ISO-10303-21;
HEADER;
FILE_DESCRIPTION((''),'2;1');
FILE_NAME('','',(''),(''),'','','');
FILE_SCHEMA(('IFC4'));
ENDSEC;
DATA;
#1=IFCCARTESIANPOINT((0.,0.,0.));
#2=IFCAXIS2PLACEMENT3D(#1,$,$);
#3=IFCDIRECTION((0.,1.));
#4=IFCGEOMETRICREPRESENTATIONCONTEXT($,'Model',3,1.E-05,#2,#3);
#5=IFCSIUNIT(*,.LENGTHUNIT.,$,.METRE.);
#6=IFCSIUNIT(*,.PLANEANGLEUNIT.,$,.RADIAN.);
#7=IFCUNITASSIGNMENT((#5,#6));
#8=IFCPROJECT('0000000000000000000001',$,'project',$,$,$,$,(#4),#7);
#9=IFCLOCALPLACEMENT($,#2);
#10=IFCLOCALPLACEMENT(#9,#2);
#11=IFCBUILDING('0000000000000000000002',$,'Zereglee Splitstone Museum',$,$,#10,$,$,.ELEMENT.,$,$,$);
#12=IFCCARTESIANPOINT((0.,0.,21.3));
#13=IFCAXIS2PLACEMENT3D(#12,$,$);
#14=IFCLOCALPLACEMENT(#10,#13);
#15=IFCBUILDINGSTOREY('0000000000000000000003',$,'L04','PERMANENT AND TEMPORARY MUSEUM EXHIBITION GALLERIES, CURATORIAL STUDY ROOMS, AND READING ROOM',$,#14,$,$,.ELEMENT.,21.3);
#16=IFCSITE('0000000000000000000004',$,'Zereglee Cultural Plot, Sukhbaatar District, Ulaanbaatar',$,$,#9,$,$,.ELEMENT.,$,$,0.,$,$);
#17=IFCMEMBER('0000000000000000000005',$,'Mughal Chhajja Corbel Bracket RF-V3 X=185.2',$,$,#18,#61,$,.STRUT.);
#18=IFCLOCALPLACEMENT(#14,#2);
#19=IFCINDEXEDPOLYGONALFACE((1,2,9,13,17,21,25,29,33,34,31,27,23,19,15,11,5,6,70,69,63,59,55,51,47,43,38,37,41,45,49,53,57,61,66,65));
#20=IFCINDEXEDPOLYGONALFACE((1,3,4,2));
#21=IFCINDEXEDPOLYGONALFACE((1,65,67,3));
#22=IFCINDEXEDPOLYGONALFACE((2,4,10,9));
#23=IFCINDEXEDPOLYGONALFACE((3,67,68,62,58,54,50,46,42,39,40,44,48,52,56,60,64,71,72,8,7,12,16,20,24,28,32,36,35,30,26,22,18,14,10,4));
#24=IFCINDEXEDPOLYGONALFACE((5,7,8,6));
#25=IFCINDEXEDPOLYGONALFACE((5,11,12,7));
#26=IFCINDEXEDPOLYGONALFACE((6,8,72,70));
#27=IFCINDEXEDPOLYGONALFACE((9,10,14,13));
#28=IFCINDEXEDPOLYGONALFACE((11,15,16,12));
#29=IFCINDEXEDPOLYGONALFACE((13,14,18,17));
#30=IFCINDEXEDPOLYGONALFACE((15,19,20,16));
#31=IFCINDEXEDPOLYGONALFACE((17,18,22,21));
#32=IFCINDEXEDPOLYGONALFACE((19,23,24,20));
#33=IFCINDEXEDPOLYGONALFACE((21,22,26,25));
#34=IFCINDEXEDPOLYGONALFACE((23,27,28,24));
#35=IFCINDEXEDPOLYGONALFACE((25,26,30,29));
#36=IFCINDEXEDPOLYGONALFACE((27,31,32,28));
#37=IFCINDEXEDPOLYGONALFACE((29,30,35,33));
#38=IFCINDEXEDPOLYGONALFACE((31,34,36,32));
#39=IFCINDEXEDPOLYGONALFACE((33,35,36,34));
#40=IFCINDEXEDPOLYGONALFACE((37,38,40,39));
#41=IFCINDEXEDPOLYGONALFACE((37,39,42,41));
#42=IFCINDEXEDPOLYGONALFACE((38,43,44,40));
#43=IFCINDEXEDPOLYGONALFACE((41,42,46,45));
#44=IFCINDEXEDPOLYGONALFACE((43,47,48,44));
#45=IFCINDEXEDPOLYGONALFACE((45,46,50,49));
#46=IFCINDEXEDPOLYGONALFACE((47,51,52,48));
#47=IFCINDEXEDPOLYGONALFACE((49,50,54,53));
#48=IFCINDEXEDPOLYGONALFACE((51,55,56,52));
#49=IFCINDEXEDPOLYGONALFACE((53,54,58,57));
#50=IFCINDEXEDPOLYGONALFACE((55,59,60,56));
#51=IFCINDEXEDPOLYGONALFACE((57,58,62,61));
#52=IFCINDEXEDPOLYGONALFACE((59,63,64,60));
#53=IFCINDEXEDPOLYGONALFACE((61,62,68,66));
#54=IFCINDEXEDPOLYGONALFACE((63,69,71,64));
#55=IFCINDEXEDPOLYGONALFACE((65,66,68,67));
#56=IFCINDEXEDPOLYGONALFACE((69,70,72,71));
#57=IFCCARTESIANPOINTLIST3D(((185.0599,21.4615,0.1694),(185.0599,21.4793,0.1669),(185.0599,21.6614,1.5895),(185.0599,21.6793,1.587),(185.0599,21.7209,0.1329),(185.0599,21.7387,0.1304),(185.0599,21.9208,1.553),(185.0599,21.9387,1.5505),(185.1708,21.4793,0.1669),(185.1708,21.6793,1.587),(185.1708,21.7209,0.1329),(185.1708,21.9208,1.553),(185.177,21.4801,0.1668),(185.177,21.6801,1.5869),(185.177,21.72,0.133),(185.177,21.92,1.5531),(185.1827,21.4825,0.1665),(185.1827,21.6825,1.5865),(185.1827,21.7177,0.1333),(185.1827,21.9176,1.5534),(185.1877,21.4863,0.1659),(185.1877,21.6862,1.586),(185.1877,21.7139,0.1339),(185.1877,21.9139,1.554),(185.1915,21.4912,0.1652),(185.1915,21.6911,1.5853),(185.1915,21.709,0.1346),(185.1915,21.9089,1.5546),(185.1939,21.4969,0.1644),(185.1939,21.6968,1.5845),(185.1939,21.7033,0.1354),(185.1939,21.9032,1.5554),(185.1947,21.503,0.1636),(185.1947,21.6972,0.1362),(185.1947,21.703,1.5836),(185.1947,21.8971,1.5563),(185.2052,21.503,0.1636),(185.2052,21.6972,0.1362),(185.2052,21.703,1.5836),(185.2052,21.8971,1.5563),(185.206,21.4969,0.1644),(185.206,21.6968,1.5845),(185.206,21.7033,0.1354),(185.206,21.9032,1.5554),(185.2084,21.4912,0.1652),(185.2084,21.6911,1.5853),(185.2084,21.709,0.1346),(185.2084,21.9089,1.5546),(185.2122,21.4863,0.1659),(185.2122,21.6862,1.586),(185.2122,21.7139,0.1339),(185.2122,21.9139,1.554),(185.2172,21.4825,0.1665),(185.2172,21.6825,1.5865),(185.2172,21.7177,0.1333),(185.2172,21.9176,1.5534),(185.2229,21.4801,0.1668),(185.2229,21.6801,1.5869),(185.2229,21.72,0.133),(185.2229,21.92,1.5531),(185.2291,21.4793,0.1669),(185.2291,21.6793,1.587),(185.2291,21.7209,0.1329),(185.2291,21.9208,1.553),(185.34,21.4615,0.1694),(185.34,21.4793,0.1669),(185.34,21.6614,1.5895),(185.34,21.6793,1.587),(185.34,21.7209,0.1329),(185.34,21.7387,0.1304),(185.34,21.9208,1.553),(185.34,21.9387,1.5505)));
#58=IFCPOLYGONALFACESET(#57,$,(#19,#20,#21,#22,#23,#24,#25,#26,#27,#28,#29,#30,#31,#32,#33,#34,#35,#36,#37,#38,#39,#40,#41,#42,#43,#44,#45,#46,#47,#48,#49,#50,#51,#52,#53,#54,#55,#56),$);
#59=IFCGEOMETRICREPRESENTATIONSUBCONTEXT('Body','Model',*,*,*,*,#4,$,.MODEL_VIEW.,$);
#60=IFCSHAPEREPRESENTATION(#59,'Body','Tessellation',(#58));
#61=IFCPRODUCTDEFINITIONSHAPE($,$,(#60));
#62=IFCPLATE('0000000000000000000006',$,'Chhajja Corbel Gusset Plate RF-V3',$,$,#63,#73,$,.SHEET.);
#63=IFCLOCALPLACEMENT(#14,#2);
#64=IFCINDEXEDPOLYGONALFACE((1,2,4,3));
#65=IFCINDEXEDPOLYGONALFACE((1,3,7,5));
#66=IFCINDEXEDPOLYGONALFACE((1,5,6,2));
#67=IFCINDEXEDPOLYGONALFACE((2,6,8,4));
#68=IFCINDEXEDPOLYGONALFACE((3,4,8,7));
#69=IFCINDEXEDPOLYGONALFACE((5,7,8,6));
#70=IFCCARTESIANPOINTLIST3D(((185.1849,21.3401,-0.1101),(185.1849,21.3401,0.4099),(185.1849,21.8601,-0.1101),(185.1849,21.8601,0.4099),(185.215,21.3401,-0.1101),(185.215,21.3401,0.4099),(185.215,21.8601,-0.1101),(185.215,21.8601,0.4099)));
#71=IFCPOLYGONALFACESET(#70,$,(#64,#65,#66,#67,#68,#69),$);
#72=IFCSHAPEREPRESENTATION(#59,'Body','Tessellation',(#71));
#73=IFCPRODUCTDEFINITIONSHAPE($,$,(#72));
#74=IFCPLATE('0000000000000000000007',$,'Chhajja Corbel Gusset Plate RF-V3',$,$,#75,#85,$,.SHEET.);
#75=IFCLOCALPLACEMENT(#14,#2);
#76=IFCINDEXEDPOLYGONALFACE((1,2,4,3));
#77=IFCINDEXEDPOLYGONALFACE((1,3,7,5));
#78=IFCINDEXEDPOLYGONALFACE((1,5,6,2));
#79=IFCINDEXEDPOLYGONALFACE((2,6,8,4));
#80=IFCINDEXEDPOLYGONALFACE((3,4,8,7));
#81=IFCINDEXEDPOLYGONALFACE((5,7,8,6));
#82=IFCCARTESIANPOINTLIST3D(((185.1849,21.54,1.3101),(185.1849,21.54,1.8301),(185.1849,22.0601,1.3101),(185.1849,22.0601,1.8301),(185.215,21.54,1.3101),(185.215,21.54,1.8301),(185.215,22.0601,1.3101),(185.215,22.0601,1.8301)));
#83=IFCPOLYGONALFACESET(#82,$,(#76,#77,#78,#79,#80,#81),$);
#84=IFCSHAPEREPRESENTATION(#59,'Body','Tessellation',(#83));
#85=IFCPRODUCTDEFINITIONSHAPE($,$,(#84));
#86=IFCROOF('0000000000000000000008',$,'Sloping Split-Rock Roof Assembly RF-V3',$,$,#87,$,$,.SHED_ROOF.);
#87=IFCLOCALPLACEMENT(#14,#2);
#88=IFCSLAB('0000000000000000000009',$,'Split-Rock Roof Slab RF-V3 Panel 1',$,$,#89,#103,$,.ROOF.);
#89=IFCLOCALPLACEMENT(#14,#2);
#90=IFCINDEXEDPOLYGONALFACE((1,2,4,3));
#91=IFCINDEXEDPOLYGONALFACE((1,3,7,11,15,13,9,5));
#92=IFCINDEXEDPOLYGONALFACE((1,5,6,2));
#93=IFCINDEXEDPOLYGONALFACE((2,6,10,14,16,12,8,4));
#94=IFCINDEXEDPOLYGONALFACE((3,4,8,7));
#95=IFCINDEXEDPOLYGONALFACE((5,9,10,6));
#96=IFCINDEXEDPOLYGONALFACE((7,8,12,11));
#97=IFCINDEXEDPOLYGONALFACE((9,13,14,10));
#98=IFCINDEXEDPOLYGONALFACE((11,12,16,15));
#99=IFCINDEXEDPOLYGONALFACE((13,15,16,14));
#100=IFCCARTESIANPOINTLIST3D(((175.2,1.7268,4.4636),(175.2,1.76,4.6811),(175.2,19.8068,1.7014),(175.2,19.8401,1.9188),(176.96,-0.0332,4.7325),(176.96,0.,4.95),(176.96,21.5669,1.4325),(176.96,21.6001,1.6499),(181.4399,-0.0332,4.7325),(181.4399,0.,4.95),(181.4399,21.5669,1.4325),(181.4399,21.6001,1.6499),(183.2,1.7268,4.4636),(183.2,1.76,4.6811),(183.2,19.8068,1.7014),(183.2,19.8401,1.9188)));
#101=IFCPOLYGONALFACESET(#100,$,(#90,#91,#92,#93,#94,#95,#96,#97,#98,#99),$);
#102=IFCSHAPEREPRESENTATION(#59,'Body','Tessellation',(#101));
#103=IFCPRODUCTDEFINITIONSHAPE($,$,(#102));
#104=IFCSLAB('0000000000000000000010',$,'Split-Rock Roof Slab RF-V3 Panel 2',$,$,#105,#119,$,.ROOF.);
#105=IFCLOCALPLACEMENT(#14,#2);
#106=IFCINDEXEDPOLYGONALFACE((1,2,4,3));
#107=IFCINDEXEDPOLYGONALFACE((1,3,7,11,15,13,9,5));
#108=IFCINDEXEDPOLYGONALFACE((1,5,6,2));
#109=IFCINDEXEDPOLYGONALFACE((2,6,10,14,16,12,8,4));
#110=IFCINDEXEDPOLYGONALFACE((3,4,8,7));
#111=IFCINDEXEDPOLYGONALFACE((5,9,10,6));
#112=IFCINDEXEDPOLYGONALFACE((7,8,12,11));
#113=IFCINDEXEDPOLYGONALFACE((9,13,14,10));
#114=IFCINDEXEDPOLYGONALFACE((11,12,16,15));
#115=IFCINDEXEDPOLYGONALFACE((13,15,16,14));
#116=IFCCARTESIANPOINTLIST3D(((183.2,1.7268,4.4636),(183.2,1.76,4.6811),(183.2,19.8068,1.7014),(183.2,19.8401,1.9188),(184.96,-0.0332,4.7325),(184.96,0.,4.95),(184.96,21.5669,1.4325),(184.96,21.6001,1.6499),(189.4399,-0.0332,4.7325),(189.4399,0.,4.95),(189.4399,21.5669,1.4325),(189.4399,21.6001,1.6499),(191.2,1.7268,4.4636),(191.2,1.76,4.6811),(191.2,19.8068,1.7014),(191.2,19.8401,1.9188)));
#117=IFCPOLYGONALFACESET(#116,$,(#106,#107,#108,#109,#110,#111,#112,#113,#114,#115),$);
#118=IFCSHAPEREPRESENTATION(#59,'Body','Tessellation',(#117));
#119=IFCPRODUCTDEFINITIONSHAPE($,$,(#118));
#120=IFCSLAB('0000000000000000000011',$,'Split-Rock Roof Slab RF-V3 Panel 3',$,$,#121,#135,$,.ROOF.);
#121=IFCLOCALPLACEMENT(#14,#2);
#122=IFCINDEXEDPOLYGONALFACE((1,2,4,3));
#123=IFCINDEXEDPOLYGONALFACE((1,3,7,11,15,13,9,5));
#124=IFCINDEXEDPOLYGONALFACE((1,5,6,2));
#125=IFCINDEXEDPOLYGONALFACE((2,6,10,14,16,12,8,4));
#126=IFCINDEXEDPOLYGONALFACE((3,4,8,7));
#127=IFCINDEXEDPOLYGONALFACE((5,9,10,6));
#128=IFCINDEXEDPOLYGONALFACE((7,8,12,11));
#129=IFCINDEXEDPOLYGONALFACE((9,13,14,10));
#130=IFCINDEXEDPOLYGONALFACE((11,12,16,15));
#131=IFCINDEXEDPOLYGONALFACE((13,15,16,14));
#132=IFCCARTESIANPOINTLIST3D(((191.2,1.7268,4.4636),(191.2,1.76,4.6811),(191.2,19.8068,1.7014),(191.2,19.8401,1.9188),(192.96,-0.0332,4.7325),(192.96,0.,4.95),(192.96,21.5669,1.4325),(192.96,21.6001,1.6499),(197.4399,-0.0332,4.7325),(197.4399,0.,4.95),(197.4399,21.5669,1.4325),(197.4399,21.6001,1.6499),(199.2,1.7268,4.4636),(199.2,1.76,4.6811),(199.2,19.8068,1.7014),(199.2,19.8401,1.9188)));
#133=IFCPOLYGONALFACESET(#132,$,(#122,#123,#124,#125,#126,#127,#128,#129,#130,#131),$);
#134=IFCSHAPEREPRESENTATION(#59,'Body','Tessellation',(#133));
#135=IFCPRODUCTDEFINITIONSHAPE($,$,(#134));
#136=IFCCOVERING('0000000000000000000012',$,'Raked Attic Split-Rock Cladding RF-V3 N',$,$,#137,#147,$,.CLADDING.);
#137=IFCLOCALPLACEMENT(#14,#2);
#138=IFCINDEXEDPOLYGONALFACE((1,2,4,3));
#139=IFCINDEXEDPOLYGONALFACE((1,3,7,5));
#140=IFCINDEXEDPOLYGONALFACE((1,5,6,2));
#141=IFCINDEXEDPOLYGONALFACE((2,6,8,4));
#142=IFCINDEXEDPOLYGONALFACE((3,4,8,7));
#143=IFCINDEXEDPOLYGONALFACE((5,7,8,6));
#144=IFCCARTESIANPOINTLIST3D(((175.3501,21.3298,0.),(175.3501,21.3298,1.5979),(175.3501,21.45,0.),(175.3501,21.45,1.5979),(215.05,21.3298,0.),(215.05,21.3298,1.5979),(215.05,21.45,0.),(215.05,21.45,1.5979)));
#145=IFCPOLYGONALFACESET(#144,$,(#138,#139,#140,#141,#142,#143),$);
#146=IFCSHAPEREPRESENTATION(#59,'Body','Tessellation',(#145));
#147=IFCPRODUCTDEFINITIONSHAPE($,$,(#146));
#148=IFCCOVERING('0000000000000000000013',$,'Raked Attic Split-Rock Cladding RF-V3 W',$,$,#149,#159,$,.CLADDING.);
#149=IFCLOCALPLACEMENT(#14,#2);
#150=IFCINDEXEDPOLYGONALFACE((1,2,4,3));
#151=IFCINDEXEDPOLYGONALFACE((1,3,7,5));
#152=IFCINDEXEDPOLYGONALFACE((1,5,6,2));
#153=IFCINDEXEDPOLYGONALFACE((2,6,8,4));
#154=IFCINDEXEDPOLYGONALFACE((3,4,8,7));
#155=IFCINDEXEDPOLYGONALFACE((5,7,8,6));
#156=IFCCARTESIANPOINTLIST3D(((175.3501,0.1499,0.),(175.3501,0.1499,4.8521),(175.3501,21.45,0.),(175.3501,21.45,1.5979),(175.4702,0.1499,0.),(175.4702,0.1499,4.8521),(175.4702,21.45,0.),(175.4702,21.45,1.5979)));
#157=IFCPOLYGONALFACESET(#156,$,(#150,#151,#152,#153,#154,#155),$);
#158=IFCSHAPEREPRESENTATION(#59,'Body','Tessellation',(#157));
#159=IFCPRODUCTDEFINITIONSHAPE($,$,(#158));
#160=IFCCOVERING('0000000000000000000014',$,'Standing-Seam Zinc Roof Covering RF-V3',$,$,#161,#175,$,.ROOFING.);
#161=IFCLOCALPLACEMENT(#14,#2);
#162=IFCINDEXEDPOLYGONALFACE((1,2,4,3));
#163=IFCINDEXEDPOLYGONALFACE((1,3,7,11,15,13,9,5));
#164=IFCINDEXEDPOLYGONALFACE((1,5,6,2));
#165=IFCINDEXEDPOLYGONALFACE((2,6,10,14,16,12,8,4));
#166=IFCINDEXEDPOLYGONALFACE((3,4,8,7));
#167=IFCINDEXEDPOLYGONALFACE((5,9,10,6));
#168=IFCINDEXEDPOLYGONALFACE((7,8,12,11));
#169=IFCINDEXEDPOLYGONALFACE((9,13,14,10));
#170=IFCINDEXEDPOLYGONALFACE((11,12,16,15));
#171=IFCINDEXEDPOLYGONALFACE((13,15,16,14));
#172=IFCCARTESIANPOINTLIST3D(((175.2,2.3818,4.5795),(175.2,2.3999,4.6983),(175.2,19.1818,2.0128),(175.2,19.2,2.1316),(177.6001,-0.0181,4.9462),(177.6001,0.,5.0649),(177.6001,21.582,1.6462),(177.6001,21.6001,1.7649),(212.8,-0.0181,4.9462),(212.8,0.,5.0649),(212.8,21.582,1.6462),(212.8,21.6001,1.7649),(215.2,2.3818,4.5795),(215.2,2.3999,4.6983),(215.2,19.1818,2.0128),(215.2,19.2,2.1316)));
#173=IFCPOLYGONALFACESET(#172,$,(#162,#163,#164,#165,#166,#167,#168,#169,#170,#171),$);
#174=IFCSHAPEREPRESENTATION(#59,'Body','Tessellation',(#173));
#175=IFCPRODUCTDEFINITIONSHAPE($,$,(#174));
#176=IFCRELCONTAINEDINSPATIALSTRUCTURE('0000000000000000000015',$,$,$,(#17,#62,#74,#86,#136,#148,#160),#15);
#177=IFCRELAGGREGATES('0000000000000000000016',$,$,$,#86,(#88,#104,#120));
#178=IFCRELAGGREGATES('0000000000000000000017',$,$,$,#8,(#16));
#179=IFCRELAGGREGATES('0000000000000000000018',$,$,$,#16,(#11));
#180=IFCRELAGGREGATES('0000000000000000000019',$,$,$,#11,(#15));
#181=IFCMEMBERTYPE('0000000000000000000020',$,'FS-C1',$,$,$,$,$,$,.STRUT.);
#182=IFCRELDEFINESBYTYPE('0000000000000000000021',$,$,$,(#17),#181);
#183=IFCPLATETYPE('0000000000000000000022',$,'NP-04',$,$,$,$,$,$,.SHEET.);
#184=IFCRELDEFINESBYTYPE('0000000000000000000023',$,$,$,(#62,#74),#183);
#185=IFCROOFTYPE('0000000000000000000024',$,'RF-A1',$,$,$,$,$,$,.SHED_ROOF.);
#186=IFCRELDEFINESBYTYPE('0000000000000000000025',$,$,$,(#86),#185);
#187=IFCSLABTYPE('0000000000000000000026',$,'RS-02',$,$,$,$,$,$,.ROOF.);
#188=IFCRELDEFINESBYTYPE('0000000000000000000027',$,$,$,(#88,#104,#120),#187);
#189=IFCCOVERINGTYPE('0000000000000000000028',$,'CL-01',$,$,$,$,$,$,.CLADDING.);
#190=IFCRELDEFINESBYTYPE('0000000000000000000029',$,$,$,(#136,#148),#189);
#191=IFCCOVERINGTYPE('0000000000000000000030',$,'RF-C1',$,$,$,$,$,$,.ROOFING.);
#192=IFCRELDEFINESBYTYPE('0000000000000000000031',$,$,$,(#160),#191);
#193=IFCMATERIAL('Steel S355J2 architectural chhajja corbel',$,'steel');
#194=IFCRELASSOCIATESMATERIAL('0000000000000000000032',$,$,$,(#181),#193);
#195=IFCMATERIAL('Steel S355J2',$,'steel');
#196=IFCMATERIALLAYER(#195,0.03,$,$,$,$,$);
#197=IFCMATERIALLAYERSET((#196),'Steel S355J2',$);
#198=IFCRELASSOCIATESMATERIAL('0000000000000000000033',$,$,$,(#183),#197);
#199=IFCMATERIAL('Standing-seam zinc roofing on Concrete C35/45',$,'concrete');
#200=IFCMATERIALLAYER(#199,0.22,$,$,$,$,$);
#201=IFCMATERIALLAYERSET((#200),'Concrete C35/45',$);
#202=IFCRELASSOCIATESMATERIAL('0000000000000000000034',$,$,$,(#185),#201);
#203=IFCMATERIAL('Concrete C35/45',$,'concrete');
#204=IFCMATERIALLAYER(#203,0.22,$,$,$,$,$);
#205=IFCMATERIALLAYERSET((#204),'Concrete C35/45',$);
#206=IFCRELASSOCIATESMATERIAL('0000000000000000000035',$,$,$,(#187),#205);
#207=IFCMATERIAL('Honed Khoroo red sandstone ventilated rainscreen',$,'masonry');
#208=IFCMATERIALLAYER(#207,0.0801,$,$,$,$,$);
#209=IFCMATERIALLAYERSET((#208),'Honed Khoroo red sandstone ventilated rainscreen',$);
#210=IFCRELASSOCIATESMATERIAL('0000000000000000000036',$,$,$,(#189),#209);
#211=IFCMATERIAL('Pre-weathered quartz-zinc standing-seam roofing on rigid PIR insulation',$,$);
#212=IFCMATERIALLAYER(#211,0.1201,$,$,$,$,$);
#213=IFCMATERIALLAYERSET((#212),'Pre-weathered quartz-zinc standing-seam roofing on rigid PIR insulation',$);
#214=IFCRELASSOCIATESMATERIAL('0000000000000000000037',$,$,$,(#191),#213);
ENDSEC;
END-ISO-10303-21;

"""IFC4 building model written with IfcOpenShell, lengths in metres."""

from ifc_helpers import new_model, si_unit, direction, frame, origin, origin_2d, place, context, subcontext, project, spatial, polyline, rectangle, i_section, outline, extrude, material, layer, layer_set, material_profile, profile_set, type_object, element, aggregate, save


model = new_model("IFC4")

# Units and contexts
model_context = context("Model", 3, precision=1e-05, world=origin(), true_north=direction((0.0, 1.0)))
body_context = subcontext(model_context, "Body", "Model", "MODEL_VIEW")
ifc_project = project(units=[si_unit("LENGTHUNIT", "METRE"), si_unit("PLANEANGLEUNIT", "RADIAN")], contexts=[model_context])

# Site, building, storey
site_placement = place(None, origin())
site = spatial("IfcSite", under=ifc_project, at=site_placement, Name="Zereglee Cultural Plot, Sukhbaatar District, Ulaanbaatar", CompositionType="ELEMENT", RefElevation=0.0)
building_placement = place(site_placement, origin())
building = spatial("IfcBuilding", under=site, at=building_placement, Name="Zereglee Splitstone Museum", CompositionType="ELEMENT")
storey_placement = place(building_placement, frame((0.0, 0.0, 21.3)))
storey = spatial("IfcBuildingStorey", under=building, at=storey_placement, Name="L04", Description="PERMANENT AND TEMPORARY MUSEUM EXHIBITION GALLERIES, CURATORIAL STUDY ROOMS, AND READING ROOM", CompositionType="ELEMENT", Elevation=21.3)

# Shared definitions
ifc_material_1 = material(Name="Steel S355J2", Category="steel")

# Member
ifc_material_2 = material(Name="Steel S355J2 architectural chhajja corbel", Category="steel")
ifc_material_profile_1 = material_profile(ifc_material_2, i_section(OverallWidth=0.28, OverallDepth=0.28, WebThickness=0.0105, FlangeThickness=0.0181, FilletRadius=0.0239, at=origin_2d()), Name="HE 280 B")
ifc_profile_set_1 = profile_set([ifc_material_profile_1], Name="Steel S355J2 architectural chhajja corbel")
member_type_1 = type_object("IfcMemberType", Name="FS-C1", PredefinedType="STRUT", material=ifc_profile_set_1)
member_placement = place(storey_placement, frame((185.2, 21.6001, 0.1499), z_axis=(0.0, 0.139419, 0.990233), x_axis=(-1.0, 0.0, 0.0)))
element("IfcMember", 1, at=member_placement, inside=storey, type_object=member_type_1, Name="Mughal Chhajja Corbel Bracket RF-V3 X=185.2", PredefinedType="STRUT", context=body_context, shape_type="SweptSolid", body=[
    extrude(i_section(OverallWidth=0.28, OverallDepth=0.28, WebThickness=0.0105, FlangeThickness=0.0181, FilletRadius=0.0239, at=origin_2d()), origin(), (0.0, 0.0, 1.0), 1.4341),
])

# Plates
ifc_layer_1 = layer(ifc_material_1, 0.03)
ifc_layer_set_1 = layer_set([ifc_layer_1], Name="Steel S355J2")
plate_type = type_object("IfcPlateType", Name="NP-04", PredefinedType="SHEET", material=ifc_layer_set_1)
for number, where, z_axis, x_axis, name in (
    (2, (185.2, 21.6001, -0.1101), (0.0, 0.0, 1.0), (1.0, 0.0, 0.0), "Chhajja Corbel Gusset Plate RF-V3"),
    (3, (185.2, 21.8, 1.3101), (0.0, 0.0, 1.0), (1.0, 0.0, 0.0), "Chhajja Corbel Gusset Plate RF-V3"),
):
    element("IfcPlate", number, at=place(storey_placement, frame(where, z_axis=z_axis, x_axis=x_axis)), inside=storey, type_object=plate_type, Name=name, PredefinedType="SHEET", context=body_context, shape_type="SweptSolid", body=[
        extrude(rectangle(XDim=0.03, YDim=0.52, at=origin_2d()), origin(), (0.0, 0.0, 1.0), 0.52),
    ])

# Roof, slabs
ifc_material_3 = material(Name="Standing-seam zinc roofing on Concrete C35/45", Category="concrete")
ifc_layer_2 = layer(ifc_material_3, 0.22)
ifc_layer_set_2 = layer_set([ifc_layer_2], Name="Concrete C35/45")
roof_type = type_object("IfcRoofType", Name="RF-A1", PredefinedType="SHED_ROOF", material=ifc_layer_set_2)
roof_placement = place(storey_placement, origin())
roof = element("IfcRoof", 4, at=roof_placement, inside=storey, type_object=roof_type, Name="Sloping Split-Rock Roof Assembly RF-V3", PredefinedType="SHED_ROOF")
ifc_material_4 = material(Name="Concrete C35/45", Category="concrete")
ifc_layer_3 = layer(ifc_material_4, 0.22)
ifc_layer_set_3 = layer_set([ifc_layer_3], Name="Concrete C35/45")
slab_type = type_object("IfcSlabType", Name="RS-02", PredefinedType="ROOF", material=ifc_layer_set_3)
slab_1_placement = place(storey_placement, frame((176.96, 0.0, 4.95), z_axis=(0.0, 0.151026, 0.98853), x_axis=(1.0, 0.0, 0.0)))
slab_1 = element("IfcSlab", 5, at=slab_1_placement, type_object=slab_type, Name="Split-Rock Roof Slab RF-V3 Panel 1", PredefinedType="ROOF", context=body_context, shape_type="SweptSolid", body=[
    extrude(outline(polyline([(0.0, 0.0), (4.48, 0.0), (6.24, 1.7804), (6.24, 20.0703), (4.48, 21.8507), (0.0, 21.8507), (-1.76, 20.0703), (-1.76, 1.7804), (0.0, 0.0)])), origin(), (0.0, 0.0, -1.0), 0.22),
])
slab_2_placement = place(storey_placement, frame((184.96, 0.0, 4.95), z_axis=(0.0, 0.151026, 0.98853), x_axis=(1.0, 0.0, 0.0)))
slab_2 = element("IfcSlab", 6, at=slab_2_placement, type_object=slab_type, Name="Split-Rock Roof Slab RF-V3 Panel 2", PredefinedType="ROOF", context=body_context, shape_type="SweptSolid", body=[
    extrude(outline(polyline([(0.0, 0.0), (4.48, 0.0), (6.24, 1.7804), (6.24, 20.0703), (4.48, 21.8507), (0.0, 21.8507), (-1.76, 20.0703), (-1.76, 1.7804), (0.0, 0.0)])), origin(), (0.0, 0.0, -1.0), 0.22),
])
slab_3_placement = place(storey_placement, frame((192.96, 0.0, 4.95), z_axis=(0.0, 0.151026, 0.98853), x_axis=(1.0, 0.0, 0.0)))
slab_3 = element("IfcSlab", 7, at=slab_3_placement, type_object=slab_type, Name="Split-Rock Roof Slab RF-V3 Panel 3", PredefinedType="ROOF", context=body_context, shape_type="SweptSolid", body=[
    extrude(outline(polyline([(0.0, 0.0), (4.48, 0.0), (6.24, 1.7804), (6.24, 20.0703), (4.48, 21.8507), (0.0, 21.8507), (-1.76, 20.0703), (-1.76, 1.7804), (0.0, 0.0)])), origin(), (0.0, 0.0, -1.0), 0.22),
])
aggregate(roof, [slab_1, slab_2, slab_3])

# Coverings
ifc_material_5 = material(Name="Honed Khoroo red sandstone ventilated rainscreen", Category="masonry")
ifc_layer_4 = layer(ifc_material_5, 0.0801)
ifc_layer_set_4 = layer_set([ifc_layer_4], Name="Honed Khoroo red sandstone ventilated rainscreen")
covering_type_1 = type_object("IfcCoveringType", Name="CL-01", PredefinedType="CLADDING", material=ifc_layer_set_4)
covering_1_placement = place(storey_placement, frame((175.3501, 21.45, 1.5979), z_axis=(0.0, 1.0, 0.0), x_axis=(1.0, 0.0, 0.0)))
element("IfcCovering", 8, at=covering_1_placement, inside=storey, type_object=covering_type_1, Name="Raked Attic Split-Rock Cladding RF-V3 N", PredefinedType="CLADDING", context=body_context, shape_type="SweptSolid", body=[
    extrude(outline(polyline([(0.0, 0.0), (39.7, 0.0), (39.7, 1.5979), (0.0, 1.5979), (0.0, 0.0)])), origin(), (0.0, 0.0, -1.0), 0.1201),
])
covering_2_placement = place(storey_placement, frame((175.3501, 0.1499, 4.8521), z_axis=(-1.0, 0.0, 0.0), x_axis=(0.0, 0.98853, -0.151024)))
element("IfcCovering", 9, at=covering_2_placement, inside=storey, type_object=covering_type_1, Name="Raked Attic Split-Rock Cladding RF-V3 W", PredefinedType="CLADDING", context=body_context, shape_type="SweptSolid", body=[
    extrude(outline(polyline([(0.0, 0.0), (21.5472, 0.0), (21.7885, 1.5796), (0.7328, 4.7964), (0.0, 0.0)])), origin(), (0.0, 0.0, -1.0), 0.1201),
])
ifc_material_6 = material(Name="Pre-weathered quartz-zinc standing-seam roofing on rigid PIR insulation")
ifc_layer_5 = layer(ifc_material_6, 0.1201)
ifc_layer_set_5 = layer_set([ifc_layer_5], Name="Pre-weathered quartz-zinc standing-seam roofing on rigid PIR insulation")
covering_type_2 = type_object("IfcCoveringType", Name="RF-C1", PredefinedType="ROOFING", material=ifc_layer_set_5)
covering_3_placement = place(storey_placement, frame((177.6001, 0.0, 5.0649), z_axis=(0.0, 0.151027, 0.98853), x_axis=(1.0, 0.0, 0.0)))
element("IfcCovering", 10, at=covering_3_placement, inside=storey, type_object=covering_type_2, Name="Standing-Seam Zinc Roof Covering RF-V3", PredefinedType="ROOFING", context=body_context, shape_type="SweptSolid", body=[
    extrude(outline(polyline([(0.0, 0.0), (35.2, 0.0), (37.5999, 2.4278), (37.5999, 19.4227), (35.2, 21.8507), (0.0, 21.8507), (-2.4001, 19.4227), (-2.4001, 2.4278), (0.0, 0.0)])), origin(), (0.0, 0.0, -1.0), 0.1201),
])

save(model, "model.ifc")
